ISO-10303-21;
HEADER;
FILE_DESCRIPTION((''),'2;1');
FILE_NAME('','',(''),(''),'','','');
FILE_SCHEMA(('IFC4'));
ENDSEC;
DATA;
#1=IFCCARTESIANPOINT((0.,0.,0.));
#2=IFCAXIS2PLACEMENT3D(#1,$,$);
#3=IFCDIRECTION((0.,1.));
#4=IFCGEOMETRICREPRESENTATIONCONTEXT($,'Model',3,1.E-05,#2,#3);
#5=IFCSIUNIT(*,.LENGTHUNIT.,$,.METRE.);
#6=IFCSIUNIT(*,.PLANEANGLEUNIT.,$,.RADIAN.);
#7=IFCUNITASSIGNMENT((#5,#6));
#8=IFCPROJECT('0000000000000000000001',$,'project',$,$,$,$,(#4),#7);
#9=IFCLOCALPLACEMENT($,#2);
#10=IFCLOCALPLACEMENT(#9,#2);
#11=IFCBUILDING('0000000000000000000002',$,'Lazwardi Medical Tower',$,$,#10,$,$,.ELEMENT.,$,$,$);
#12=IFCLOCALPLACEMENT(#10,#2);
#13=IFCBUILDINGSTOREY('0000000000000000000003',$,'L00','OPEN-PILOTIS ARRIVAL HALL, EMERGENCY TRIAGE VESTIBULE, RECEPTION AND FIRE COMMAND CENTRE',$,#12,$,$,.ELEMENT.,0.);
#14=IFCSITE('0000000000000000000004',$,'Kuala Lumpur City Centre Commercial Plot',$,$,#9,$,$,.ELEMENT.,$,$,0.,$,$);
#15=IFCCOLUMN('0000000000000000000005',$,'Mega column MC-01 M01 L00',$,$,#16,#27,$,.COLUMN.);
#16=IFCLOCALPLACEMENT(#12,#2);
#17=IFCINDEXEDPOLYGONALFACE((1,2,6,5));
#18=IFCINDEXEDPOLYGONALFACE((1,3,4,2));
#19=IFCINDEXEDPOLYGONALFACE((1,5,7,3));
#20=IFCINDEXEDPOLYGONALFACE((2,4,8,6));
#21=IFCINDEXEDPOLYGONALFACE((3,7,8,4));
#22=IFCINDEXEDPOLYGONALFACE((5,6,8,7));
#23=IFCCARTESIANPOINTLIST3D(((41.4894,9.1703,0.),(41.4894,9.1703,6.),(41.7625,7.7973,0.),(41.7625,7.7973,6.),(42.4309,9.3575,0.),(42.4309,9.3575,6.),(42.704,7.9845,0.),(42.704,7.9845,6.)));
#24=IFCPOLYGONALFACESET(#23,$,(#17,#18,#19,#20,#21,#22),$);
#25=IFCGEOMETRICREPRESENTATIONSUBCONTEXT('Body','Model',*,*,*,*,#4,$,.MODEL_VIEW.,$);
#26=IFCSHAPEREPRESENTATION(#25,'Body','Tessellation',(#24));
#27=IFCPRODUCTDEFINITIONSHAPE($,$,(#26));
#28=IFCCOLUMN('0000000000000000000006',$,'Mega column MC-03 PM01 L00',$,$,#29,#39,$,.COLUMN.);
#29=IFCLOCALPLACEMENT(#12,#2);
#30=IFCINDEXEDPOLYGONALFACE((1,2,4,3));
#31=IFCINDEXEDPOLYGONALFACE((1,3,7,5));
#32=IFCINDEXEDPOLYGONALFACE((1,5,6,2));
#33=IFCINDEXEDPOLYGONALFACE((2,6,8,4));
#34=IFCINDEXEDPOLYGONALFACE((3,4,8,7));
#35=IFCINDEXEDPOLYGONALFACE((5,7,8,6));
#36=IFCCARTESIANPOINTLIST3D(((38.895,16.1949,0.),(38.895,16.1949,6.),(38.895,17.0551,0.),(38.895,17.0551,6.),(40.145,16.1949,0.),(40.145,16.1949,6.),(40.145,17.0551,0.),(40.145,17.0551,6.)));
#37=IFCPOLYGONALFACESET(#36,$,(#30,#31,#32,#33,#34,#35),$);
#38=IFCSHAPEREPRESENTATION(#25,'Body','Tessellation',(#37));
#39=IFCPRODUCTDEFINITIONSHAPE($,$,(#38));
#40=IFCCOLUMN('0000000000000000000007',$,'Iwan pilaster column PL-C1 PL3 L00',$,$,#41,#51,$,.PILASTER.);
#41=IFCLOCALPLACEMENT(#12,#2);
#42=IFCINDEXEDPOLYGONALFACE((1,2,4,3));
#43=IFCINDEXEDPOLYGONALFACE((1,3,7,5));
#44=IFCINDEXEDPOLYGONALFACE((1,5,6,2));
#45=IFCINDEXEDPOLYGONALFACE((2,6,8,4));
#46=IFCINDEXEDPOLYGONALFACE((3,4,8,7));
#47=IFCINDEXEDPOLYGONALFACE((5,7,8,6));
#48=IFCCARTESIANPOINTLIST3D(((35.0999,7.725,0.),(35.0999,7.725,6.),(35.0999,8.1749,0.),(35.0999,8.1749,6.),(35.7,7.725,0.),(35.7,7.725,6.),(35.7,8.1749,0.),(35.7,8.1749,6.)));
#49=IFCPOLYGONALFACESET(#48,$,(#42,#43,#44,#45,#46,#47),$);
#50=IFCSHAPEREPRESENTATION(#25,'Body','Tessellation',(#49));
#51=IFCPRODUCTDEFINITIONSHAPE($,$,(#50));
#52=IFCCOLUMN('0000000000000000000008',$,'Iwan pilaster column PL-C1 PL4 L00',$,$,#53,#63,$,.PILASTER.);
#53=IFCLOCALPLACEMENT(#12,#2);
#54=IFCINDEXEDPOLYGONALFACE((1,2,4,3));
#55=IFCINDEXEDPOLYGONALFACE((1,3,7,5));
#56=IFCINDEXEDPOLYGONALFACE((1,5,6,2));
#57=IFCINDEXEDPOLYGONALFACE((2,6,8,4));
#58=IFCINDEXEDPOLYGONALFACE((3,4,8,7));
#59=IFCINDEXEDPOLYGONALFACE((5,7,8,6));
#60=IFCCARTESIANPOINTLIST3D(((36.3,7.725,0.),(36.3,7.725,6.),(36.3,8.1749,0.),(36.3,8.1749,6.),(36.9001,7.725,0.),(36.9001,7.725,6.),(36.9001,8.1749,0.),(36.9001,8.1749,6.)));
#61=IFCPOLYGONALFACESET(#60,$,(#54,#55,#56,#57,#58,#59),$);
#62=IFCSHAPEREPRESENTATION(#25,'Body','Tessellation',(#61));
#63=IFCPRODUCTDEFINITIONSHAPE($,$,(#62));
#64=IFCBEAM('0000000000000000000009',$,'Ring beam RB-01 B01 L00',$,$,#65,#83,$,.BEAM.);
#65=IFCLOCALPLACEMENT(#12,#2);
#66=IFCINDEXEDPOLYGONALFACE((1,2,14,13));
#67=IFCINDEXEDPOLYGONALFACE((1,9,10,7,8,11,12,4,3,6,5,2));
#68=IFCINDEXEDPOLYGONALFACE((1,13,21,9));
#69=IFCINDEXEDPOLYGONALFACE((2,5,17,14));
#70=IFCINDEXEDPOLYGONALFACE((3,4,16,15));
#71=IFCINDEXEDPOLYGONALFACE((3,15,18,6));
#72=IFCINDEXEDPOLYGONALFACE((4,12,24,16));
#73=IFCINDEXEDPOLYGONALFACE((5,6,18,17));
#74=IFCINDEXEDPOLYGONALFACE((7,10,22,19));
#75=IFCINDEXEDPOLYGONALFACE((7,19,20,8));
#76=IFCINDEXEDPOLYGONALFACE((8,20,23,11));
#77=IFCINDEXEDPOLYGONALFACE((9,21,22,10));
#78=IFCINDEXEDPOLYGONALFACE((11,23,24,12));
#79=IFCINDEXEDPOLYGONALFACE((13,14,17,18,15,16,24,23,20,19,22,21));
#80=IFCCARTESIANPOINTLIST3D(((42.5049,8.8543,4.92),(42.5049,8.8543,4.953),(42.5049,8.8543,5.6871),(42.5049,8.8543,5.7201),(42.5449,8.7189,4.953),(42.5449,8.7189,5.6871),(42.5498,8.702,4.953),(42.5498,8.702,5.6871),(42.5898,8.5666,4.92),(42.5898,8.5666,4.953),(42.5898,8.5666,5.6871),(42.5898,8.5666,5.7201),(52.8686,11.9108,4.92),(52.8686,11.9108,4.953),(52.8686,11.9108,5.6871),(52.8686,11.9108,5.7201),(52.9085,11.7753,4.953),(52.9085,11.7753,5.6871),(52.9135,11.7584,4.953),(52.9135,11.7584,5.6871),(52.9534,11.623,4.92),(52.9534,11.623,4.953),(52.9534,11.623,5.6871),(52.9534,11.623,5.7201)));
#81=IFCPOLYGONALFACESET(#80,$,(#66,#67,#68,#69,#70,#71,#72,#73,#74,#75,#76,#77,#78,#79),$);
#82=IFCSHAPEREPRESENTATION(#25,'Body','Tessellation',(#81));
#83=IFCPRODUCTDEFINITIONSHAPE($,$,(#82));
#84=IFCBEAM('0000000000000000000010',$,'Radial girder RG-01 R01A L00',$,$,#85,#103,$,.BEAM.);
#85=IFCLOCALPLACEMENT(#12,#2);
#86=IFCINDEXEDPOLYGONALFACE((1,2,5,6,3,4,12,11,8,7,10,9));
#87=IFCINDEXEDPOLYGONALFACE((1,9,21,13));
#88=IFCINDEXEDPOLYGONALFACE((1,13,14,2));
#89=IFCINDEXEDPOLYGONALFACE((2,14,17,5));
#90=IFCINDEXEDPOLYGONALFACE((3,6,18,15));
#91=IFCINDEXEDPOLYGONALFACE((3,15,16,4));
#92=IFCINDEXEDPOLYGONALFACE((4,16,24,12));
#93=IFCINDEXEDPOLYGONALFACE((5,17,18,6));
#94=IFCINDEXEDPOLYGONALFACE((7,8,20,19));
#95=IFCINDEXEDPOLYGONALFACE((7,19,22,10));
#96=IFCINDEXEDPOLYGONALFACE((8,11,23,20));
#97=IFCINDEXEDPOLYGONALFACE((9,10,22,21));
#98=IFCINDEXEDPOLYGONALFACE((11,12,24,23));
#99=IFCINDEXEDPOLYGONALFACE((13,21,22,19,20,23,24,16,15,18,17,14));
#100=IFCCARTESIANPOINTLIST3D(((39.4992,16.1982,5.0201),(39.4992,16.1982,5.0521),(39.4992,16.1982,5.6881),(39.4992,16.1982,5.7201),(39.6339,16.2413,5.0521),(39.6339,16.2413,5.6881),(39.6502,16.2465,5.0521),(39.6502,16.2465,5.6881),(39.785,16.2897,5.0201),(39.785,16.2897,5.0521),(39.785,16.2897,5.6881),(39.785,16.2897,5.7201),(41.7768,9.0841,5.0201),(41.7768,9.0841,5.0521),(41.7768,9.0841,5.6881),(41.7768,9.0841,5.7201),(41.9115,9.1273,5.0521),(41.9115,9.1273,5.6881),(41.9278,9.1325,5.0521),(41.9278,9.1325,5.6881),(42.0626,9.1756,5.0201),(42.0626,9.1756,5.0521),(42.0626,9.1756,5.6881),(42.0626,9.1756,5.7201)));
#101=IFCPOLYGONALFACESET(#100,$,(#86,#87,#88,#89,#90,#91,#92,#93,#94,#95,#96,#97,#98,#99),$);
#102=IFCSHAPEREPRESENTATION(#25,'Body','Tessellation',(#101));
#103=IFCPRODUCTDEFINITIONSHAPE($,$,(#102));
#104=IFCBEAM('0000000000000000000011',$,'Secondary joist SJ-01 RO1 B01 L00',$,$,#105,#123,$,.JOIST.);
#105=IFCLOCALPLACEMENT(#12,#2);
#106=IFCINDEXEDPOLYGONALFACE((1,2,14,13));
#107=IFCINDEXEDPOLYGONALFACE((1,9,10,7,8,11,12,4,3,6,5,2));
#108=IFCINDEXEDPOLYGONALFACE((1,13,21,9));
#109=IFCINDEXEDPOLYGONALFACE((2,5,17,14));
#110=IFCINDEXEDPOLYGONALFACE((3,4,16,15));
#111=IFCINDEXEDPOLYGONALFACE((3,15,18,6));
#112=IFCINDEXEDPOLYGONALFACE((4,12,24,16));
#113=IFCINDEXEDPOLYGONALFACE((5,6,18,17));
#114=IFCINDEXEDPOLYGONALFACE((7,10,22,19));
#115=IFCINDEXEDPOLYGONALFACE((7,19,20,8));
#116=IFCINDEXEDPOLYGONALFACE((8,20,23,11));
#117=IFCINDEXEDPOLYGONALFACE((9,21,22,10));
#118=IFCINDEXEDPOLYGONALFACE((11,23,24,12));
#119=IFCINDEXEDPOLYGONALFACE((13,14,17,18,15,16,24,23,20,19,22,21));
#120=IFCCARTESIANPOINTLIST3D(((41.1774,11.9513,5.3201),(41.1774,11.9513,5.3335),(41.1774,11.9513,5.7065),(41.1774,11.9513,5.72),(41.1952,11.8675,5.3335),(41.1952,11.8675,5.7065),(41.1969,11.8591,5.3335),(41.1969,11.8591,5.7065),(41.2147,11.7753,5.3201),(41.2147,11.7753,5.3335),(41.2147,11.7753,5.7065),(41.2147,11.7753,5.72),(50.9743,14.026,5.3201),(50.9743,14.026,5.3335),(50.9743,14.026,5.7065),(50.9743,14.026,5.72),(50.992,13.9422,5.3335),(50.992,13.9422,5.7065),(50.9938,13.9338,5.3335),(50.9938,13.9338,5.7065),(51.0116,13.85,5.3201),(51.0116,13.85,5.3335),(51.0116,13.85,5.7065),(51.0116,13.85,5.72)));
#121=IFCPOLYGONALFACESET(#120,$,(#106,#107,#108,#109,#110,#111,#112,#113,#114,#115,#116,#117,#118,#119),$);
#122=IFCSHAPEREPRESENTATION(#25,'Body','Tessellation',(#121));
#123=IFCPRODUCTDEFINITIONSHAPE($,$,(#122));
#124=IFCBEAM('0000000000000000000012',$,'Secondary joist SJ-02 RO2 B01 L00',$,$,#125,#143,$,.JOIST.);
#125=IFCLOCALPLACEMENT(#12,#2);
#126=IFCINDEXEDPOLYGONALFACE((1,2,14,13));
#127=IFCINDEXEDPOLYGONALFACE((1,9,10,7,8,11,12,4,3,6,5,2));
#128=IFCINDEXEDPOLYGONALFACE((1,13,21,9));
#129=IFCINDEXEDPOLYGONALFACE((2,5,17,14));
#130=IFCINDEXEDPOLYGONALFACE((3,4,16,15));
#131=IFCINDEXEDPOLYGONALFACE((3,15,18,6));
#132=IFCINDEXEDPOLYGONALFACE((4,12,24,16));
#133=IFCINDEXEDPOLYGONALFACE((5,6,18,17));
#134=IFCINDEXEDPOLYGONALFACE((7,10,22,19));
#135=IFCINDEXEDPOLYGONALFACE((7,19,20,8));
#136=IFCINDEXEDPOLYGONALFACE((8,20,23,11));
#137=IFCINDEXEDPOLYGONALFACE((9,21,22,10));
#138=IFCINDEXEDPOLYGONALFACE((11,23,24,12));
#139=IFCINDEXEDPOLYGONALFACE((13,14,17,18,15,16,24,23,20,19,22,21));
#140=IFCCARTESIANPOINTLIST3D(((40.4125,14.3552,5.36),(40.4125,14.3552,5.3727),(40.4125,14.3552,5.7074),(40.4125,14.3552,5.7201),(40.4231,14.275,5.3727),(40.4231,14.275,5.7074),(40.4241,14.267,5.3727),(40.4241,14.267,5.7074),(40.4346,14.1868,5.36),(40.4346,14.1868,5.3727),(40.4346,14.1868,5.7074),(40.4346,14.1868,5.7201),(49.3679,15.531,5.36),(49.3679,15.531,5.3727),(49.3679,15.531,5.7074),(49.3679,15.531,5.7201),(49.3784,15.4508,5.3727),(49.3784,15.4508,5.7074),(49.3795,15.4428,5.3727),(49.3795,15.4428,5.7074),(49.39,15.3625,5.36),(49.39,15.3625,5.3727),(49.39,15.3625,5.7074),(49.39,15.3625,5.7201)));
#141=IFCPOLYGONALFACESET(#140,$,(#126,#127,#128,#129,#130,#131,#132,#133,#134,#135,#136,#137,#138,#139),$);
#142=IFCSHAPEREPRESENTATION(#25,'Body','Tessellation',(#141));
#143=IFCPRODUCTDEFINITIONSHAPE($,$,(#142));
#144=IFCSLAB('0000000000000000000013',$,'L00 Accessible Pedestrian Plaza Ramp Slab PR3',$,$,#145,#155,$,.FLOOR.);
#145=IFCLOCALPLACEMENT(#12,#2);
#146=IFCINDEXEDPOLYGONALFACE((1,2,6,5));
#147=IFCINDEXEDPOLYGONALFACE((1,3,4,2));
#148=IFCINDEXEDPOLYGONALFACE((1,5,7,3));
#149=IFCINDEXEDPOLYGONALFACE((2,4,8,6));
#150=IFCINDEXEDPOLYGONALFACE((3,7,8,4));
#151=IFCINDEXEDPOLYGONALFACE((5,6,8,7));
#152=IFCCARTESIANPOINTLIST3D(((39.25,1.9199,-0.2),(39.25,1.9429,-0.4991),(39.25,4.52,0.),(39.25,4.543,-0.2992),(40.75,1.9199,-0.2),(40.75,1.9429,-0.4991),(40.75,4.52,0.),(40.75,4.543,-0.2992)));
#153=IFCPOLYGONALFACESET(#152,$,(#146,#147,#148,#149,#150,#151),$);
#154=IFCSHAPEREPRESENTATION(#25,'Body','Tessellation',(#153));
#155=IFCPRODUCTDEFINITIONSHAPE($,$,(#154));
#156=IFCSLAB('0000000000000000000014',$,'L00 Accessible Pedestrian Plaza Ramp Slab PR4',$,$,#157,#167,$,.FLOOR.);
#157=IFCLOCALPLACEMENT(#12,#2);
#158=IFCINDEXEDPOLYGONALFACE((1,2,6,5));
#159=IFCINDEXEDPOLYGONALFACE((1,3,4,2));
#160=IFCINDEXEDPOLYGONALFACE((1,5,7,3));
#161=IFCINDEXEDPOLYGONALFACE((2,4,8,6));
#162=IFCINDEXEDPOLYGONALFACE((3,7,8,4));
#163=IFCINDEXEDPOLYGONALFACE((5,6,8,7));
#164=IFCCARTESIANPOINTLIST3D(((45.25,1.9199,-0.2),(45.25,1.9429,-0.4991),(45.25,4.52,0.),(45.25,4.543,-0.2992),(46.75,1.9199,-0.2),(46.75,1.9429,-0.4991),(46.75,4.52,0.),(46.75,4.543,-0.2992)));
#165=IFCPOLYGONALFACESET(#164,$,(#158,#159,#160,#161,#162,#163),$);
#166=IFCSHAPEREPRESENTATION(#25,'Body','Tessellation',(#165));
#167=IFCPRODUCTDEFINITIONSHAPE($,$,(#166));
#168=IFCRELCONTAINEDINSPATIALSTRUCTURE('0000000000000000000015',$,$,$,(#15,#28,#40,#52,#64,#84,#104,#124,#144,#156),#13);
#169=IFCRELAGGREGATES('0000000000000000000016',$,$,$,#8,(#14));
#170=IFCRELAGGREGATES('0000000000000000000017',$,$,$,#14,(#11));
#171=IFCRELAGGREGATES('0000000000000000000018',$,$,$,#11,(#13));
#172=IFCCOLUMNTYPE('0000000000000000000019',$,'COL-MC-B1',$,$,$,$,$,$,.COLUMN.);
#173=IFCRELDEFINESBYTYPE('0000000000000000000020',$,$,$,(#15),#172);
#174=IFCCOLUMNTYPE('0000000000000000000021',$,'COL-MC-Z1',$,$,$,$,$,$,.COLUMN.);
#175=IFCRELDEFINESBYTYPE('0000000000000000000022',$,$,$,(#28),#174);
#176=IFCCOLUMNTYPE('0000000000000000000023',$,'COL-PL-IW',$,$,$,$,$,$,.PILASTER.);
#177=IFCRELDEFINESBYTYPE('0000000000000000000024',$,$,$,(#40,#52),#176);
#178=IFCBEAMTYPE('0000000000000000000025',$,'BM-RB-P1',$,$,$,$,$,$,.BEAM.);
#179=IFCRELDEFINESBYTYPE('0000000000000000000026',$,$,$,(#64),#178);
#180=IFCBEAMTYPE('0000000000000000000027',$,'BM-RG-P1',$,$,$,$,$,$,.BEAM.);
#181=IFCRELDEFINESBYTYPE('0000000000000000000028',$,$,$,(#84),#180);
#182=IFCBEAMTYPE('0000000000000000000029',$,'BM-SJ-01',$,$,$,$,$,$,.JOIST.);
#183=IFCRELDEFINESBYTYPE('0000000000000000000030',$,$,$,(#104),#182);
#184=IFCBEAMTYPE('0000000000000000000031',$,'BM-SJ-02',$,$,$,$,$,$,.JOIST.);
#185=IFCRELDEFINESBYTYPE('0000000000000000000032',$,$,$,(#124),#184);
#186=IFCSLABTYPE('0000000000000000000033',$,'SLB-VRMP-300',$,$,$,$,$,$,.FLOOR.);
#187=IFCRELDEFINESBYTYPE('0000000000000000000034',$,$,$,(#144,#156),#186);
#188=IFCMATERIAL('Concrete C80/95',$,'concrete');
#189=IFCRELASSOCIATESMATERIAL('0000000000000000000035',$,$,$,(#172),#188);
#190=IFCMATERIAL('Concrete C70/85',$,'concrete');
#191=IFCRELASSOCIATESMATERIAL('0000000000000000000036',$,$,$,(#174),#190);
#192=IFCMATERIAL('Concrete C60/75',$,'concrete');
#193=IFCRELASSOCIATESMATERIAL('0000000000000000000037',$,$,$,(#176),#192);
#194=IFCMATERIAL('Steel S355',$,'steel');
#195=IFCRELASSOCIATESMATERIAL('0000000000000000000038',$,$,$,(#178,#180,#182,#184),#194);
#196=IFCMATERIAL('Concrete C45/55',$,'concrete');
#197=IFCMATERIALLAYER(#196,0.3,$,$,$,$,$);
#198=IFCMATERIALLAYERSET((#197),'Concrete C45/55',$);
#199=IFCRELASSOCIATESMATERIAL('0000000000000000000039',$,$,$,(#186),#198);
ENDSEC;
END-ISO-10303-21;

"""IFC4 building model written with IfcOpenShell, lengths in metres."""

from ifc_helpers import new_model, si_unit, direction, frame, origin, origin_2d, place, context, subcontext, project, spatial, polyline, rectangle, i_section, outline, extrude, material, layer, layer_set, material_profile, profile_set, type_object, element, save


model = new_model("IFC4")

# Units and contexts
model_context = context("Model", 3, precision=1e-05, world=origin(), true_north=direction((0.0, 1.0)))
body_context = subcontext(model_context, "Body", "Model", "MODEL_VIEW")
ifc_project = project(units=[si_unit("LENGTHUNIT", "METRE"), si_unit("PLANEANGLEUNIT", "RADIAN")], contexts=[model_context])

# Site, building, storey
site_placement = place(None, origin())
site = spatial("IfcSite", under=ifc_project, at=site_placement, Name="Kuala Lumpur City Centre Commercial Plot", CompositionType="ELEMENT", RefElevation=0.0)
building_placement = place(site_placement, origin())
building = spatial("IfcBuilding", under=site, at=building_placement, Name="Lazwardi Medical Tower", CompositionType="ELEMENT")
storey_placement = place(building_placement, origin())
storey = spatial("IfcBuildingStorey", under=building, at=storey_placement, Name="L00", Description="OPEN-PILOTIS ARRIVAL HALL, EMERGENCY TRIAGE VESTIBULE, RECEPTION AND FIRE COMMAND CENTRE", CompositionType="ELEMENT", Elevation=0.0)

# Columns
ifc_material_1 = material(Name="Concrete C80/95", Category="concrete")
ifc_material_profile_1 = material_profile(ifc_material_1, rectangle(XDim=1.3999, YDim=0.96, at=origin_2d()), Name="CFT-RECT 1400x960")
ifc_profile_set_1 = profile_set([ifc_material_profile_1], Name="Concrete C80/95")
column_type_1 = type_object("IfcColumnType", Name="COL-MC-B1", PredefinedType="COLUMN", material=ifc_profile_set_1)
column_1_placement = place(storey_placement, frame((42.0967, 8.5774, 0.0), z_axis=(0.0, 0.0, 1.0), x_axis=(0.19509, -0.980785, 0.0)))
element("IfcColumn", 1, at=column_1_placement, inside=storey, type_object=column_type_1, Name="Mega column MC-01 M01 L00", PredefinedType="COLUMN", context=body_context, shape_type="SweptSolid", body=[
    extrude(rectangle(XDim=1.3999, YDim=0.96, at=origin_2d()), origin(), (0.0, 0.0, 1.0), 6.0),
])
ifc_material_2 = material(Name="Concrete C70/85", Category="concrete")
ifc_material_profile_2 = material_profile(ifc_material_2, rectangle(XDim=1.25, YDim=0.8601, at=origin_2d()), Name="CFT-RECT 1250x860")
ifc_profile_set_2 = profile_set([ifc_material_profile_2], Name="Concrete C70/85")
column_type_2 = type_object("IfcColumnType", Name="COL-MC-Z1", PredefinedType="COLUMN", material=ifc_profile_set_2)
column_2_placement = place(storey_placement, frame((39.52, 16.625, 0.0), z_axis=(0.0, 0.0, 1.0), x_axis=(1.0, 0.0, 0.0)))
element("IfcColumn", 2, at=column_2_placement, inside=storey, type_object=column_type_2, Name="Mega column MC-03 PM01 L00", PredefinedType="COLUMN", context=body_context, shape_type="SweptSolid", body=[
    extrude(rectangle(XDim=1.25, YDim=0.8601, at=origin_2d()), origin(), (0.0, 0.0, 1.0), 6.0),
])
ifc_material_3 = material(Name="Concrete C60/75", Category="concrete")
ifc_material_profile_3 = material_profile(ifc_material_3, rectangle(XDim=0.6001, YDim=0.45, at=origin_2d()), Name="RC 600x450")
ifc_profile_set_3 = profile_set([ifc_material_profile_3], Name="Concrete C60/75")
column_type_3 = type_object("IfcColumnType", Name="COL-PL-IW", PredefinedType="PILASTER", material=ifc_profile_set_3)
for number, where, z_axis, x_axis, name in (
    (3, (35.3999, 7.95, 0.0), (0.0, 0.0, 1.0), (1.0, 0.0, 0.0), "Iwan pilaster column PL-C1 PL3 L00"),
    (4, (36.6001, 7.95, 0.0), (0.0, 0.0, 1.0), (1.0, 0.0, 0.0), "Iwan pilaster column PL-C1 PL4 L00"),
):
    element("IfcColumn", number, at=place(storey_placement, frame(where, z_axis=z_axis, x_axis=x_axis)), inside=storey, type_object=column_type_3, Name=name, PredefinedType="PILASTER", context=body_context, shape_type="SweptSolid", body=[
        extrude(rectangle(XDim=0.6001, YDim=0.45, at=origin_2d()), origin(), (0.0, 0.0, 1.0), 6.0),
    ])

# Beams
ifc_material_4 = material(Name="Steel S355", Category="steel")
ifc_material_profile_4 = material_profile(ifc_material_4, i_section(OverallWidth=0.3, OverallDepth=0.8, WebThickness=0.0176, FlangeThickness=0.033, at=origin_2d()), Name="HEB 800")
ifc_profile_set_4 = profile_set([ifc_material_profile_4], Name="Steel S355")
beam_type_1 = type_object("IfcBeamType", Name="BM-RB-P1", PredefinedType="BEAM", material=ifc_profile_set_4)
beam_1_placement = place(storey_placement, frame((42.5474, 8.7104, 5.3201), z_axis=(0.959157, 0.282873, 0.0), x_axis=(-0.282873, 0.959157, 0.0)))
element("IfcBeam", 5, at=beam_1_placement, inside=storey, type_object=beam_type_1, Name="Ring beam RB-01 B01 L00", PredefinedType="BEAM", context=body_context, shape_type="SweptSolid", body=[
    extrude(i_section(OverallWidth=0.3, OverallDepth=0.8, WebThickness=0.0176, FlangeThickness=0.033, at=origin_2d()), origin(), (0.0, 0.0, 1.0), 10.8049),
])
ifc_material_profile_5 = material_profile(ifc_material_4, i_section(OverallWidth=0.3, OverallDepth=0.7, WebThickness=0.0171, FlangeThickness=0.032, at=origin_2d()), Name="HEB 700")
ifc_profile_set_5 = profile_set([ifc_material_profile_5], Name="Steel S355")
beam_type_2 = type_object("IfcBeamType", Name="BM-RG-P1", PredefinedType="BEAM", material=ifc_profile_set_5)
beam_2_placement = place(storey_placement, frame((41.9197, 9.1299, 5.3701), z_axis=(-0.30491, 0.952381, 0.0), x_axis=(-0.952381, -0.30491, 0.0)))
element("IfcBeam", 6, at=beam_2_placement, inside=storey, type_object=beam_type_2, Name="Radial girder RG-01 R01A L00", PredefinedType="BEAM", context=body_context, shape_type="SweptSolid", body=[
    extrude(i_section(OverallWidth=0.3, OverallDepth=0.7, WebThickness=0.0171, FlangeThickness=0.032, at=origin_2d()), origin(), (0.0, 0.0, 1.0), 7.4697),
])
ifc_material_profile_6 = material_profile(ifc_material_4, i_section(OverallWidth=0.1799, OverallDepth=0.3999, WebThickness=0.0085, FlangeThickness=0.0134, at=origin_2d()), Name="IPE 400")
ifc_profile_set_6 = profile_set([ifc_material_profile_6], Name="Steel S355")
beam_type_3 = type_object("IfcBeamType", Name="BM-SJ-01", PredefinedType="JOIST", material=ifc_profile_set_6)
beam_3_placement = place(storey_placement, frame((41.196, 11.8633, 5.52), z_axis=(0.978303, 0.207178, 0.0), x_axis=(-0.207178, 0.978303, 0.0)))
element("IfcBeam", 7, at=beam_3_placement, inside=storey, type_object=beam_type_3, Name="Secondary joist SJ-01 RO1 B01 L00", PredefinedType="JOIST", context=body_context, shape_type="SweptSolid", body=[
    extrude(i_section(OverallWidth=0.1799, OverallDepth=0.3999, WebThickness=0.0085, FlangeThickness=0.0134, at=origin_2d()), origin(), (0.0, 0.0, 1.0), 10.0142),
])
ifc_material_profile_7 = material_profile(ifc_material_4, i_section(OverallWidth=0.1699, OverallDepth=0.3601, WebThickness=0.0081, FlangeThickness=0.0127, at=origin_2d()), Name="IPE 360")
ifc_profile_set_7 = profile_set([ifc_material_profile_7], Name="Steel S355")
beam_type_4 = type_object("IfcBeamType", Name="BM-SJ-02", PredefinedType="JOIST", material=ifc_profile_set_7)
beam_4_placement = place(storey_placement, frame((40.4236, 14.271, 5.54), z_axis=(0.991491, 0.130177, 0.0), x_axis=(-0.130177, 0.991491, 0.0)))
element("IfcBeam", 8, at=beam_4_placement, inside=storey, type_object=beam_type_4, Name="Secondary joist SJ-02 RO2 B01 L00", PredefinedType="JOIST", context=body_context, shape_type="SweptSolid", body=[
    extrude(i_section(OverallWidth=0.1699, OverallDepth=0.3601, WebThickness=0.0081, FlangeThickness=0.0127, at=origin_2d()), origin(), (0.0, 0.0, 1.0), 9.0322),
])

# Slabs
ifc_material_5 = material(Name="Concrete C45/55", Category="concrete")
ifc_layer_1 = layer(ifc_material_5, 0.3)
ifc_layer_set_1 = layer_set([ifc_layer_1], Name="Concrete C45/55")
slab_type = type_object("IfcSlabType", Name="SLB-VRMP-300", PredefinedType="FLOOR", material=ifc_layer_set_1)
for number, where, z_axis, x_axis, name in (
    (9, (39.25, 1.9199, -0.2), (0.0, -0.076675, 0.997056), (1.0, 0.0, 0.0), "L00 Accessible Pedestrian Plaza Ramp Slab PR3"),
    (10, (45.25, 1.9199, -0.2), (0.0, -0.076675, 0.997056), (1.0, 0.0, 0.0), "L00 Accessible Pedestrian Plaza Ramp Slab PR4"),
):
    element("IfcSlab", number, at=place(storey_placement, frame(where, z_axis=z_axis, x_axis=x_axis)), inside=storey, type_object=slab_type, Name=name, PredefinedType="FLOOR", context=body_context, shape_type="SweptSolid", body=[
        extrude(outline(polyline([(0.0, 0.0), (1.5, 0.0), (1.5, 2.6078), (0.0, 2.6078), (0.0, 0.0)])), origin(), (0.0, 0.0, -1.0), 0.3),
    ])

save(model, "model.ifc")
